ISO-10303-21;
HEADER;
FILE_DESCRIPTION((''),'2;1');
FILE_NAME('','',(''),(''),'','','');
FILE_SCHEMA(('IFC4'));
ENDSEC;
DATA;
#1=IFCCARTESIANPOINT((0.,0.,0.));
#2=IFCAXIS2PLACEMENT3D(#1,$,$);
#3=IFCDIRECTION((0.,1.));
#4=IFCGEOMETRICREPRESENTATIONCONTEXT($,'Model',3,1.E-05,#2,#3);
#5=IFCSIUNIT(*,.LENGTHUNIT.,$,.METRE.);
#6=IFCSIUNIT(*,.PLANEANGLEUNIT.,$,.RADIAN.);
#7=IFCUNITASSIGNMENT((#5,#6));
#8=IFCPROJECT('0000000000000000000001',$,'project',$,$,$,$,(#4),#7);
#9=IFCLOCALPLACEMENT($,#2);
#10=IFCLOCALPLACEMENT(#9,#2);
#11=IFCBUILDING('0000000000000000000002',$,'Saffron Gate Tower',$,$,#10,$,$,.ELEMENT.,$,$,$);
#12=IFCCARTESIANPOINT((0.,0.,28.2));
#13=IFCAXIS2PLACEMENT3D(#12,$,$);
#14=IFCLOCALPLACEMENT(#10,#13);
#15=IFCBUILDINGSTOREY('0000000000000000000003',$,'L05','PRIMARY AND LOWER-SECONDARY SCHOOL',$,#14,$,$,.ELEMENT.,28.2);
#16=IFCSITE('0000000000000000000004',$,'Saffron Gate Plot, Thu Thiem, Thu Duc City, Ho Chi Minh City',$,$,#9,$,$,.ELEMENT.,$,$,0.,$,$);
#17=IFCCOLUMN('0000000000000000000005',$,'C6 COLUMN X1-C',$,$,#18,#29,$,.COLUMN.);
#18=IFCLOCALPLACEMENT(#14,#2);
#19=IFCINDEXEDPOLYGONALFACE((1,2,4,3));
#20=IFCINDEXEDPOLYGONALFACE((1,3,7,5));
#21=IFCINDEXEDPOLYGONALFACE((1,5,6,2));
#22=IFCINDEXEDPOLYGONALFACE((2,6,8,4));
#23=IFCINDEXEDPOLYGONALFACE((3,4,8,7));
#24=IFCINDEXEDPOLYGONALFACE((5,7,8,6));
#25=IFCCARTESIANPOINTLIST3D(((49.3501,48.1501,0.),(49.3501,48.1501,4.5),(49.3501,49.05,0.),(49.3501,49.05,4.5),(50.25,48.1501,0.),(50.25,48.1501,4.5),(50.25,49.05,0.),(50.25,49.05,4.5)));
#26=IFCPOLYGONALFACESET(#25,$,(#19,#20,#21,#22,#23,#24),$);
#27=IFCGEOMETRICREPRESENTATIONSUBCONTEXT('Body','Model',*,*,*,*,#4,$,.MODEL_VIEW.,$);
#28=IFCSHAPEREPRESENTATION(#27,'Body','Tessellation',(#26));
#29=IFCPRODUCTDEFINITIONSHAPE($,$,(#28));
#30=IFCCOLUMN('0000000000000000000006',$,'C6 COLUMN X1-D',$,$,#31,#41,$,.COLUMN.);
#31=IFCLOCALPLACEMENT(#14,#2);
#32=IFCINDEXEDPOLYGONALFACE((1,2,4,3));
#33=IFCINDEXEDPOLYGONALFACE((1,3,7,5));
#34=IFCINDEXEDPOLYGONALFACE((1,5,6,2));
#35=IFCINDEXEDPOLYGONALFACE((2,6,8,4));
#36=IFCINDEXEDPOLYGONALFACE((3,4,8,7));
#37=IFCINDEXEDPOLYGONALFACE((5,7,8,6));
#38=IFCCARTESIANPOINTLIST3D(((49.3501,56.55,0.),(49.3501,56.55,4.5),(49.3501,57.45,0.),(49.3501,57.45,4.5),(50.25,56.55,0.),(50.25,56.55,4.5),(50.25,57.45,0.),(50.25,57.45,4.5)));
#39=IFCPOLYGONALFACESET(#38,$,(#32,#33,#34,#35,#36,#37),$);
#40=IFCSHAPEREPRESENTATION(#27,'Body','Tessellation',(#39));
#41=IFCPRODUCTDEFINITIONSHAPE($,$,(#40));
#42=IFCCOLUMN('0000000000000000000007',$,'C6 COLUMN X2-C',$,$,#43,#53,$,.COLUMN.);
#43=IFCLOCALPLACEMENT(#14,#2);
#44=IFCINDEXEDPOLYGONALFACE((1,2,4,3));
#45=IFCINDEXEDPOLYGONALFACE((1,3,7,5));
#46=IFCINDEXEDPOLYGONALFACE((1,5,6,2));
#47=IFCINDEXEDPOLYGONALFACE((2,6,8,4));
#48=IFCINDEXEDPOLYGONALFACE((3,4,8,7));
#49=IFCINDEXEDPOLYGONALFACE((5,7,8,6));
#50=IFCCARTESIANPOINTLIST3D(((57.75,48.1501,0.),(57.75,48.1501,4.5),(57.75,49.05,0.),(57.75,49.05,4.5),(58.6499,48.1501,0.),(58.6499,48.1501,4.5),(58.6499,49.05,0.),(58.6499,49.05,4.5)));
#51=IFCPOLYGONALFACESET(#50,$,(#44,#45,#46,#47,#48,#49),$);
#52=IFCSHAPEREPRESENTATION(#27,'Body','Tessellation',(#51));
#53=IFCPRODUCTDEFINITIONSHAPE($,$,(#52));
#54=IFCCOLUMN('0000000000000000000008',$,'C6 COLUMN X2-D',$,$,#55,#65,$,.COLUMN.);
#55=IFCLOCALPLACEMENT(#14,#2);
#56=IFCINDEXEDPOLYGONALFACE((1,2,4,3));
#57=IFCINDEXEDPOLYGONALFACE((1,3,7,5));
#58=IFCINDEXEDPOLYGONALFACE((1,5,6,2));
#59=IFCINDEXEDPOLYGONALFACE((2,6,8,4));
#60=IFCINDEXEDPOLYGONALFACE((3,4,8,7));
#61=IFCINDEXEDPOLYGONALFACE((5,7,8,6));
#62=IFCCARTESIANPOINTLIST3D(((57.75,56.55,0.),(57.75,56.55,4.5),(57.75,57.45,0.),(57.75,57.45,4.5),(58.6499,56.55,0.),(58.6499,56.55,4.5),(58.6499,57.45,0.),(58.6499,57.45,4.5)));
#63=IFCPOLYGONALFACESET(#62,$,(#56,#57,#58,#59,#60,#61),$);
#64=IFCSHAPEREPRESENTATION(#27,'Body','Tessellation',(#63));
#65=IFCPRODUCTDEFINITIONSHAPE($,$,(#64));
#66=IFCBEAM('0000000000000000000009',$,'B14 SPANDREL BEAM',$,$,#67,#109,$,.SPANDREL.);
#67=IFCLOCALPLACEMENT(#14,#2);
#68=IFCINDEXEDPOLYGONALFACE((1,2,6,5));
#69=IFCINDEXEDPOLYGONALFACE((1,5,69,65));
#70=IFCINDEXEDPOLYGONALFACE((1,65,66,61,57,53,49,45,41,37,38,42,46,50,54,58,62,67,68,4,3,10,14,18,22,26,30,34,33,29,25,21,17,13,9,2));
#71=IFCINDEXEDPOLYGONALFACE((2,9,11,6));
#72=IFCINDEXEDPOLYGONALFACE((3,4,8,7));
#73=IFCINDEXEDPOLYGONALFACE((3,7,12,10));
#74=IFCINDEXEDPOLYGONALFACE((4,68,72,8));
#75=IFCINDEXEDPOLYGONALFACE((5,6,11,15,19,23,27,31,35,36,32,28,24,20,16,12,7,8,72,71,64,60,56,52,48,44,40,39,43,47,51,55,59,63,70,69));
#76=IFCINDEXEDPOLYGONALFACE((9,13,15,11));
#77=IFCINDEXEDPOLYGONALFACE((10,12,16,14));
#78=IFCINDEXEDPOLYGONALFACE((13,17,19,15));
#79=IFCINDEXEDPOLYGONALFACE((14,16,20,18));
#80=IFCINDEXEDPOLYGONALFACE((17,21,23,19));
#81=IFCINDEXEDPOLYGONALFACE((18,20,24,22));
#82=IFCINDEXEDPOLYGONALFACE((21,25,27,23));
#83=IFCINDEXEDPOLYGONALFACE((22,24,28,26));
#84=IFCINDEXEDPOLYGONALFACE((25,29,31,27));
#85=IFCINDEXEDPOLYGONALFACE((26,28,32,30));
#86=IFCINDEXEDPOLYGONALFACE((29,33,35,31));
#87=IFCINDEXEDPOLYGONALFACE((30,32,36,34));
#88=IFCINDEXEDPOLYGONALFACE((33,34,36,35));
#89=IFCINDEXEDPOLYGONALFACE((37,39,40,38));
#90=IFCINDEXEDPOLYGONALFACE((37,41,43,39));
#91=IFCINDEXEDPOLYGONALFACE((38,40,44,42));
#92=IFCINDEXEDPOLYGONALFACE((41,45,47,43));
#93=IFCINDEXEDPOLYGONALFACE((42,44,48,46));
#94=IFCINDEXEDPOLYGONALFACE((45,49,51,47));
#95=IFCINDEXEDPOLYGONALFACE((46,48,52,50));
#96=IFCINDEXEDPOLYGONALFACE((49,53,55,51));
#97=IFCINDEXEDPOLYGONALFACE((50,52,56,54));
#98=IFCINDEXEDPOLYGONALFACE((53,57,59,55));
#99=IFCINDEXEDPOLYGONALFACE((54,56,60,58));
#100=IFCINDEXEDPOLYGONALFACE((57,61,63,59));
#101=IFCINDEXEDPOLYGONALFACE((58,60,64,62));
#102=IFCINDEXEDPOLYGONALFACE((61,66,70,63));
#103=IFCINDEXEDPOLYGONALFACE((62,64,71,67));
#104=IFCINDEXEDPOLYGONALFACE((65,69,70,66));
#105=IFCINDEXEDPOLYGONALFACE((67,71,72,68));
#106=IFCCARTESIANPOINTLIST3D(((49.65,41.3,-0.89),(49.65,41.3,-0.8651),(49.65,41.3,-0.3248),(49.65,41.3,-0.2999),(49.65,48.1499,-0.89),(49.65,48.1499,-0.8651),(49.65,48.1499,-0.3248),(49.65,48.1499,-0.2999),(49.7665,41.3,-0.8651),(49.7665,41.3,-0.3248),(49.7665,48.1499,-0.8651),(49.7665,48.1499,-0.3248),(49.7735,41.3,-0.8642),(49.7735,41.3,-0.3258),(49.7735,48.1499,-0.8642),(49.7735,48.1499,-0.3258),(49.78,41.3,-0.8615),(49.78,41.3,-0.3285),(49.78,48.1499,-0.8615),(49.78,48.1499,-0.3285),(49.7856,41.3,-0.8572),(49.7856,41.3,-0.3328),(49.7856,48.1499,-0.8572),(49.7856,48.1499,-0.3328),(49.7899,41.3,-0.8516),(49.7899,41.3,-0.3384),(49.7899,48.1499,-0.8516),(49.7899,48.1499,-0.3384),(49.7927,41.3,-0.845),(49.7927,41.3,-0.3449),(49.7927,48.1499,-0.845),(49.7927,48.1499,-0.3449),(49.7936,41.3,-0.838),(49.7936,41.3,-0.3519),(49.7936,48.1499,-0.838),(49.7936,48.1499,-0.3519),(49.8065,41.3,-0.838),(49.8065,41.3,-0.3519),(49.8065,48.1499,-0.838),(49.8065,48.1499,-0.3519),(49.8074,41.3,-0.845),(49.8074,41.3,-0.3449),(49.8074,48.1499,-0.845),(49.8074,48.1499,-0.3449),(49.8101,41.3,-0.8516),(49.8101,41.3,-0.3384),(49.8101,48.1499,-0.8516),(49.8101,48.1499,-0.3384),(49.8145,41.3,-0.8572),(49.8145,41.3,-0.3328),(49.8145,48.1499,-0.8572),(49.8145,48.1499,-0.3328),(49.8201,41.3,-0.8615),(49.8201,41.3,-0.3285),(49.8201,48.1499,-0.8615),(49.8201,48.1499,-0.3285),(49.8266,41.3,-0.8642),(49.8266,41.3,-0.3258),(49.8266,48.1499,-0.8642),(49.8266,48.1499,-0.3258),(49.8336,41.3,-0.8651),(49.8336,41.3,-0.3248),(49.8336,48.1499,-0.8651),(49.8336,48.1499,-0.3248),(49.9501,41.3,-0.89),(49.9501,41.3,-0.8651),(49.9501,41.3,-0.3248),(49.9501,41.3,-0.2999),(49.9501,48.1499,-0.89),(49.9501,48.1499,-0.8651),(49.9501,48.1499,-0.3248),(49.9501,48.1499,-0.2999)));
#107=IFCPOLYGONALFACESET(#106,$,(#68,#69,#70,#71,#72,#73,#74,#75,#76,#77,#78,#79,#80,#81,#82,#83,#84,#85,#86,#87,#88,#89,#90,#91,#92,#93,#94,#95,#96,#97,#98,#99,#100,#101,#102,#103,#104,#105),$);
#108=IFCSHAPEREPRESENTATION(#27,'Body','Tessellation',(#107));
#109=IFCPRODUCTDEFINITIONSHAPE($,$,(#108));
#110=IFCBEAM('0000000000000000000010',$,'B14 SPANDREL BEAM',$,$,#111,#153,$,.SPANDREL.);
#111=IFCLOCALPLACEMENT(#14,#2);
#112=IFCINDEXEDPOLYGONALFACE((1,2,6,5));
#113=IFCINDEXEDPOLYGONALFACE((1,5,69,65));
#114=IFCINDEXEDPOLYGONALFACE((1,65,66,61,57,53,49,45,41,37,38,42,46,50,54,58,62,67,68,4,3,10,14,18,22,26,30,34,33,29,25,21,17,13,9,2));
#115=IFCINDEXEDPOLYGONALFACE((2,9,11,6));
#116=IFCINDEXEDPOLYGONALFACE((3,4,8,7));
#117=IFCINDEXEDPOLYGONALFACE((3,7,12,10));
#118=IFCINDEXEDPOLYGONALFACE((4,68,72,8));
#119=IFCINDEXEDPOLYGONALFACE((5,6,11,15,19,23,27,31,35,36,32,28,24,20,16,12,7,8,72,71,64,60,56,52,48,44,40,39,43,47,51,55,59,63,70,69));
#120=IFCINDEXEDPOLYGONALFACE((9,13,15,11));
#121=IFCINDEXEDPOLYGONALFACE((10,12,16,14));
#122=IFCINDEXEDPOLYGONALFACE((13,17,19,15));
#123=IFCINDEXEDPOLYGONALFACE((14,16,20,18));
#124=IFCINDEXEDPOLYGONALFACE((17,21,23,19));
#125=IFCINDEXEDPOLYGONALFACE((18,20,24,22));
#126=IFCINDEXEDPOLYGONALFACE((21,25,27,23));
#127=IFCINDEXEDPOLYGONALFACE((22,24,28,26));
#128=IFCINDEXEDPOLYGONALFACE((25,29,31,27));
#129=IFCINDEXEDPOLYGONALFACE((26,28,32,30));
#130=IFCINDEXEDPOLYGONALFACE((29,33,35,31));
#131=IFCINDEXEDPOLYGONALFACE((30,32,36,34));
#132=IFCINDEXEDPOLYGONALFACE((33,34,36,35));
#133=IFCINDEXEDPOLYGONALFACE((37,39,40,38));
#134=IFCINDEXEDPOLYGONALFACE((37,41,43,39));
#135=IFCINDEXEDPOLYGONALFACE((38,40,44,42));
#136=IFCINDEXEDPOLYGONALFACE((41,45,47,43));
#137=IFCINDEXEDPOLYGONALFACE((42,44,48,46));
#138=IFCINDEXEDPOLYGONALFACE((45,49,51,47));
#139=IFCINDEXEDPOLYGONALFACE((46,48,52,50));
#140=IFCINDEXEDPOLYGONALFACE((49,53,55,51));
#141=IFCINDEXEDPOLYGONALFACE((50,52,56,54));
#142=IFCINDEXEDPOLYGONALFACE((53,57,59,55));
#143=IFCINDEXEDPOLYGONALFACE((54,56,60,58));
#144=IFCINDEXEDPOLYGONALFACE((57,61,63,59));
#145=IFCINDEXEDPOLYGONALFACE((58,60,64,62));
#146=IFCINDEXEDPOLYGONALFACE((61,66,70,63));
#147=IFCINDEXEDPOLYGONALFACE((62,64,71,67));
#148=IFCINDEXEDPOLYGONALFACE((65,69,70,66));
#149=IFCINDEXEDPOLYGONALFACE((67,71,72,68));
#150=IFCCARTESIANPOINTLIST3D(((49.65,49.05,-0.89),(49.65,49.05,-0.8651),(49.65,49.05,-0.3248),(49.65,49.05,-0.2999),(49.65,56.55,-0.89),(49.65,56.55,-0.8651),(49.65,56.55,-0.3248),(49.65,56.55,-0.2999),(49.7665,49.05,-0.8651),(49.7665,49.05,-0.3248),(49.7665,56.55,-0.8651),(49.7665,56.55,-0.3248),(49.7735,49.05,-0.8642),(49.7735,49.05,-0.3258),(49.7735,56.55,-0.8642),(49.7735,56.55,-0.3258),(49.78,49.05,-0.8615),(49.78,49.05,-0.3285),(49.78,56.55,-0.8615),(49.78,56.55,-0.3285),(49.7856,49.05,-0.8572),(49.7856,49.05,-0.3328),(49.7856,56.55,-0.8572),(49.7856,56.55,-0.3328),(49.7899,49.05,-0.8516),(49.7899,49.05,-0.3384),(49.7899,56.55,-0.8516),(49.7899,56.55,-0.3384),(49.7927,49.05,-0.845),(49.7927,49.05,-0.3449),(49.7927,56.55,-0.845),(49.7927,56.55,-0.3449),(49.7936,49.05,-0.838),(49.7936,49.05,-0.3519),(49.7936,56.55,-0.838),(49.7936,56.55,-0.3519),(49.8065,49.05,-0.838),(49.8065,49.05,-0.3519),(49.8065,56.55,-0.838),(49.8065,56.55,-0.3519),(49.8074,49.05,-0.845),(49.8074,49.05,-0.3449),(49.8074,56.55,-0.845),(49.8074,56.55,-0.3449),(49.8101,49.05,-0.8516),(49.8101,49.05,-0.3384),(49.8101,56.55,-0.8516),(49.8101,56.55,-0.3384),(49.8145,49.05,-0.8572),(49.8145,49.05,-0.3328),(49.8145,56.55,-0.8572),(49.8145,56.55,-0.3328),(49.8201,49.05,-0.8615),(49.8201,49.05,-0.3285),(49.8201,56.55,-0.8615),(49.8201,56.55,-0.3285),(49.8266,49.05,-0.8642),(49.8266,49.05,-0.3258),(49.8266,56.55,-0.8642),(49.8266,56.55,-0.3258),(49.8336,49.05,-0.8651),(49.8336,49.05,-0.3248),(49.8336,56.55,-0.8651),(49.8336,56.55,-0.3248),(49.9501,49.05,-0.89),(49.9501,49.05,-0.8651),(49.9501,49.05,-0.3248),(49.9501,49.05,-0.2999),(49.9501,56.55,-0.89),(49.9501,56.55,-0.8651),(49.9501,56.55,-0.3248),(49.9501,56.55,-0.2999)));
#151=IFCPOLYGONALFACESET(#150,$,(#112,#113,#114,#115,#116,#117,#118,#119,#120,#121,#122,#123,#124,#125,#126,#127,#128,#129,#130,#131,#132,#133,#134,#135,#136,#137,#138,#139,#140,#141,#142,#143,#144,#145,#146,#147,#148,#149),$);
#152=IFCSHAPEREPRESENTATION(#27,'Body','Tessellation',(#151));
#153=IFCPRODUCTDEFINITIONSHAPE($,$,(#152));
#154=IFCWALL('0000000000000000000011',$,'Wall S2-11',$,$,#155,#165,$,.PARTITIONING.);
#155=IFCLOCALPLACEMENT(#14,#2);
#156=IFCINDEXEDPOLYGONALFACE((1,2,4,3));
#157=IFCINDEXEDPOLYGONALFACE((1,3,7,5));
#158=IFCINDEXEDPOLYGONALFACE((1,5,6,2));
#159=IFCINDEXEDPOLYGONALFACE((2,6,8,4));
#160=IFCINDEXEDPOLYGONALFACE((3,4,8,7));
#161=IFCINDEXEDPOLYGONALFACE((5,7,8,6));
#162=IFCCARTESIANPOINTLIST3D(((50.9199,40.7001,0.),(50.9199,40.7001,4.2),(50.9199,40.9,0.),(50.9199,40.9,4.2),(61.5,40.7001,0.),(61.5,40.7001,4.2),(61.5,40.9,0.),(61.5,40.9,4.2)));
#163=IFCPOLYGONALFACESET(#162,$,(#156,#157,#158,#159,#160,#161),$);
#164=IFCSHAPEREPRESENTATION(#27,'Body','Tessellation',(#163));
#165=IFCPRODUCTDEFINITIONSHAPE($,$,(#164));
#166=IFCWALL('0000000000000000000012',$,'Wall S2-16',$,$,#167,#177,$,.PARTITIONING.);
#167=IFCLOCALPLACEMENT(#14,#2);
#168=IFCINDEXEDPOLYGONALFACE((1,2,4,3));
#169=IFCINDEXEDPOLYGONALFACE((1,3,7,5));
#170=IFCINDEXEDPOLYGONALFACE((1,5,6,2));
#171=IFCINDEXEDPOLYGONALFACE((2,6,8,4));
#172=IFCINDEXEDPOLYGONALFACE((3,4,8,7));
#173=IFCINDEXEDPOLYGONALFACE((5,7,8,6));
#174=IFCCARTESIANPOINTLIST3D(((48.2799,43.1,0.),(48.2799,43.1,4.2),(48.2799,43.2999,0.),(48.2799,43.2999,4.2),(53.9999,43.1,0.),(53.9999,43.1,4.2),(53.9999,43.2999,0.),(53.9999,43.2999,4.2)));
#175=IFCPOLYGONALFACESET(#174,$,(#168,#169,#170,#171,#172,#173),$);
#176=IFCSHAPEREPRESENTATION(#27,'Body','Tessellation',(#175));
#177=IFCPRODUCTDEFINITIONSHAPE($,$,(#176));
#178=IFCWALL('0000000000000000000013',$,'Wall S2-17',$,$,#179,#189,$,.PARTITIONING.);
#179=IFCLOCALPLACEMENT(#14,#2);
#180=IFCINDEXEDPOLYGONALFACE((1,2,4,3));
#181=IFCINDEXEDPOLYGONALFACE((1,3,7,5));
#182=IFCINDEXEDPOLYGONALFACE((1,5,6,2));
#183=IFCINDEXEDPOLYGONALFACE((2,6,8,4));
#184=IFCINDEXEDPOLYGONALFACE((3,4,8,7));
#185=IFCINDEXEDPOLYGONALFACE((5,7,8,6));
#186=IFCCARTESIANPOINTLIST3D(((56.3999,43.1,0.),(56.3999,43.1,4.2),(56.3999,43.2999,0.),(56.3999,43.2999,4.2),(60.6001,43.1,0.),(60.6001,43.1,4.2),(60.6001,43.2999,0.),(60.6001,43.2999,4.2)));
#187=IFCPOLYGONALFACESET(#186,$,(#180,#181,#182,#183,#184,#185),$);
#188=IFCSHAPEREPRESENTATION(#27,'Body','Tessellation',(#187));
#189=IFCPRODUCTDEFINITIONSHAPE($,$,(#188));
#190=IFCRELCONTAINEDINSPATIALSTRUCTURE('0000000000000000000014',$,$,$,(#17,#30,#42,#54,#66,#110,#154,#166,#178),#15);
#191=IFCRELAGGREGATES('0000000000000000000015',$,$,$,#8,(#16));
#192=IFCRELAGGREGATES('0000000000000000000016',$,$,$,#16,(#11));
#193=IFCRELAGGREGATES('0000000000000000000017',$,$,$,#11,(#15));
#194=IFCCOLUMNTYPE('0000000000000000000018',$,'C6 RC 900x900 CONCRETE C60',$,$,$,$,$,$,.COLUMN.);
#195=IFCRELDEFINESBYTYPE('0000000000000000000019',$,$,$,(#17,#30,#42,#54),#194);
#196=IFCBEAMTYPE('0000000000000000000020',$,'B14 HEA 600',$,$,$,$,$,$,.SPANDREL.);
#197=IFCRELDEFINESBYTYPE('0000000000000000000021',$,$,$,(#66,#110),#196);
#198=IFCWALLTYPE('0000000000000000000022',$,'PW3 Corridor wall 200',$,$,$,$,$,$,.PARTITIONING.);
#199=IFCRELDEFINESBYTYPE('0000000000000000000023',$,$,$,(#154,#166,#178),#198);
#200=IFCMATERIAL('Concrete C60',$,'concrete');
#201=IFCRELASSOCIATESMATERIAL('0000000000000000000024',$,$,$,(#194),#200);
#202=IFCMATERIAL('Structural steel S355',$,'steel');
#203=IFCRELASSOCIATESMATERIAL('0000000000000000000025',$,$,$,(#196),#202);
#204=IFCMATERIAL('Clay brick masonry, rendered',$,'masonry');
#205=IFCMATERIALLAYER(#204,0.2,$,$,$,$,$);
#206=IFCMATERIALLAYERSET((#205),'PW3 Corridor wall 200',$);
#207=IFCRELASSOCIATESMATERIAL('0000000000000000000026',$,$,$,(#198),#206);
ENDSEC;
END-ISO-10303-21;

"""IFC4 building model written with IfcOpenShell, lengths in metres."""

from ifc_helpers import new_model, si_unit, direction, frame, frame_2d, origin, origin_2d, place, context, subcontext, project, spatial, rectangle, i_section, extrude, material, layer, layer_set, material_profile, profile_set, type_object, element, save


model = new_model("IFC4")

# Units and contexts
model_context = context("Model", 3, precision=1e-05, world=origin(), true_north=direction((0.0, 1.0)))
body_context = subcontext(model_context, "Body", "Model", "MODEL_VIEW")
ifc_project = project(units=[si_unit("LENGTHUNIT", "METRE"), si_unit("PLANEANGLEUNIT", "RADIAN")], contexts=[model_context])

# Site, building, storey
site_placement = place(None, origin())
site = spatial("IfcSite", under=ifc_project, at=site_placement, Name="Saffron Gate Plot, Thu Thiem, Thu Duc City, Ho Chi Minh City", CompositionType="ELEMENT", RefElevation=0.0)
building_placement = place(site_placement, origin())
building = spatial("IfcBuilding", under=site, at=building_placement, Name="Saffron Gate Tower", CompositionType="ELEMENT")
storey_placement = place(building_placement, frame((0.0, 0.0, 28.2)))
storey = spatial("IfcBuildingStorey", under=building, at=storey_placement, Name="L05", Description="PRIMARY AND LOWER-SECONDARY SCHOOL", CompositionType="ELEMENT", Elevation=28.2)

# Columns
ifc_material_1 = material(Name="Concrete C60", Category="concrete")
ifc_material_profile_1 = material_profile(ifc_material_1, rectangle(XDim=0.8999, YDim=0.8999, at=origin_2d()))
ifc_profile_set_1 = profile_set([ifc_material_profile_1], Name="Concrete C60")
column_type = type_object("IfcColumnType", Name="C6 RC 900x900 CONCRETE C60", PredefinedType="COLUMN", material=ifc_profile_set_1)
for number, where, z_axis, x_axis, name in (
    (1, (49.8, 48.6001, 0.0), (0.0, 0.0, 1.0), (1.0, 0.0, 0.0), "C6 COLUMN X1-C"),
    (2, (49.8, 57.0, 0.0), (0.0, 0.0, 1.0), (1.0, 0.0, 0.0), "C6 COLUMN X1-D"),
    (3, (58.2, 48.6001, 0.0), (0.0, 0.0, 1.0), (1.0, 0.0, 0.0), "C6 COLUMN X2-C"),
    (4, (58.2, 57.0, 0.0), (0.0, 0.0, 1.0), (1.0, 0.0, 0.0), "C6 COLUMN X2-D"),
):
    element("IfcColumn", number, at=place(storey_placement, frame(where, z_axis=z_axis, x_axis=x_axis)), inside=storey, type_object=column_type, Name=name, PredefinedType="COLUMN", context=body_context, shape_type="SweptSolid", body=[
        extrude(rectangle(XDim=0.8999, YDim=0.8999, at=origin_2d()), origin(), (0.0, 0.0, 1.0), 4.5),
    ])

# Beams
ifc_material_2 = material(Name="Structural steel S355", Category="steel")
ifc_material_profile_2 = material_profile(ifc_material_2, i_section(OverallWidth=0.3, OverallDepth=0.5901, WebThickness=0.0129, FlangeThickness=0.0249, FilletRadius=0.0271, at=origin_2d()))
ifc_profile_set_2 = profile_set([ifc_material_profile_2], Name="Structural steel S355")
beam_type = type_object("IfcBeamType", Name="B14 HEA 600", PredefinedType="SPANDREL", material=ifc_profile_set_2)
beam_1_placement = place(storey_placement, frame((49.8, 41.3, -0.595), z_axis=(0.0, 1.0, 0.0), x_axis=(-1.0, 0.0, 0.0)))
element("IfcBeam", 5, at=beam_1_placement, inside=storey, type_object=beam_type, Name="B14 SPANDREL BEAM", PredefinedType="SPANDREL", context=body_context, shape_type="SweptSolid", body=[
    extrude(i_section(OverallWidth=0.3, OverallDepth=0.5901, WebThickness=0.0129, FlangeThickness=0.0249, FilletRadius=0.0271, at=origin_2d()), origin(), (0.0, 0.0, 1.0), 6.8499),
])
beam_2_placement = place(storey_placement, frame((49.8, 49.05, -0.595), z_axis=(0.0, 1.0, 0.0), x_axis=(-1.0, 0.0, 0.0)))
element("IfcBeam", 6, at=beam_2_placement, inside=storey, type_object=beam_type, Name="B14 SPANDREL BEAM", PredefinedType="SPANDREL", context=body_context, shape_type="SweptSolid", body=[
    extrude(i_section(OverallWidth=0.3, OverallDepth=0.5901, WebThickness=0.0129, FlangeThickness=0.0249, FilletRadius=0.0271, at=origin_2d()), origin(), (0.0, 0.0, 1.0), 7.5),
])

# Walls
ifc_material_3 = material(Name="Clay brick masonry, rendered", Category="masonry")
ifc_layer_1 = layer(ifc_material_3, 0.2)
ifc_layer_set_1 = layer_set([ifc_layer_1], Name="PW3 Corridor wall 200")
wall_type_1 = type_object("IfcWallType", Name="PW3 Corridor wall 200", PredefinedType="PARTITIONING", material=ifc_layer_set_1)
wall_1_placement = place(storey_placement, frame((50.9199, 40.8, 0.0), z_axis=(0.0, 0.0, 1.0), x_axis=(1.0, 0.0, 0.0)))
element("IfcWall", 7, at=wall_1_placement, inside=storey, type_object=wall_type_1, Name="Wall S2-11", PredefinedType="PARTITIONING", context=body_context, shape_type="SweptSolid", body=[
    extrude(rectangle(XDim=10.5801, YDim=0.2, at=frame_2d((5.29, 0.0))), origin(), (0.0, 0.0, 1.0), 4.2),
])
wall_2_placement = place(storey_placement, frame((48.28, 43.2, 0.0), z_axis=(0.0, 0.0, 1.0), x_axis=(1.0, 0.0, 0.0)))
element("IfcWall", 8, at=wall_2_placement, inside=storey, type_object=wall_type_1, Name="Wall S2-16", PredefinedType="PARTITIONING", context=body_context, shape_type="SweptSolid", body=[
    extrude(rectangle(XDim=5.72, YDim=0.2, at=frame_2d((2.8599, 0.0))), origin(), (0.0, 0.0, 1.0), 4.2),
])
wall_3_placement = place(storey_placement, frame((56.3999, 43.2, 0.0), z_axis=(0.0, 0.0, 1.0), x_axis=(1.0, 0.0, 0.0)))
element("IfcWall", 9, at=wall_3_placement, inside=storey, type_object=wall_type_1, Name="Wall S2-17", PredefinedType="PARTITIONING", context=body_context, shape_type="SweptSolid", body=[
    extrude(rectangle(XDim=4.2002, YDim=0.2, at=frame_2d((2.1001, 0.0))), origin(), (0.0, 0.0, 1.0), 4.2),
])

save(model, "model.ifc")
